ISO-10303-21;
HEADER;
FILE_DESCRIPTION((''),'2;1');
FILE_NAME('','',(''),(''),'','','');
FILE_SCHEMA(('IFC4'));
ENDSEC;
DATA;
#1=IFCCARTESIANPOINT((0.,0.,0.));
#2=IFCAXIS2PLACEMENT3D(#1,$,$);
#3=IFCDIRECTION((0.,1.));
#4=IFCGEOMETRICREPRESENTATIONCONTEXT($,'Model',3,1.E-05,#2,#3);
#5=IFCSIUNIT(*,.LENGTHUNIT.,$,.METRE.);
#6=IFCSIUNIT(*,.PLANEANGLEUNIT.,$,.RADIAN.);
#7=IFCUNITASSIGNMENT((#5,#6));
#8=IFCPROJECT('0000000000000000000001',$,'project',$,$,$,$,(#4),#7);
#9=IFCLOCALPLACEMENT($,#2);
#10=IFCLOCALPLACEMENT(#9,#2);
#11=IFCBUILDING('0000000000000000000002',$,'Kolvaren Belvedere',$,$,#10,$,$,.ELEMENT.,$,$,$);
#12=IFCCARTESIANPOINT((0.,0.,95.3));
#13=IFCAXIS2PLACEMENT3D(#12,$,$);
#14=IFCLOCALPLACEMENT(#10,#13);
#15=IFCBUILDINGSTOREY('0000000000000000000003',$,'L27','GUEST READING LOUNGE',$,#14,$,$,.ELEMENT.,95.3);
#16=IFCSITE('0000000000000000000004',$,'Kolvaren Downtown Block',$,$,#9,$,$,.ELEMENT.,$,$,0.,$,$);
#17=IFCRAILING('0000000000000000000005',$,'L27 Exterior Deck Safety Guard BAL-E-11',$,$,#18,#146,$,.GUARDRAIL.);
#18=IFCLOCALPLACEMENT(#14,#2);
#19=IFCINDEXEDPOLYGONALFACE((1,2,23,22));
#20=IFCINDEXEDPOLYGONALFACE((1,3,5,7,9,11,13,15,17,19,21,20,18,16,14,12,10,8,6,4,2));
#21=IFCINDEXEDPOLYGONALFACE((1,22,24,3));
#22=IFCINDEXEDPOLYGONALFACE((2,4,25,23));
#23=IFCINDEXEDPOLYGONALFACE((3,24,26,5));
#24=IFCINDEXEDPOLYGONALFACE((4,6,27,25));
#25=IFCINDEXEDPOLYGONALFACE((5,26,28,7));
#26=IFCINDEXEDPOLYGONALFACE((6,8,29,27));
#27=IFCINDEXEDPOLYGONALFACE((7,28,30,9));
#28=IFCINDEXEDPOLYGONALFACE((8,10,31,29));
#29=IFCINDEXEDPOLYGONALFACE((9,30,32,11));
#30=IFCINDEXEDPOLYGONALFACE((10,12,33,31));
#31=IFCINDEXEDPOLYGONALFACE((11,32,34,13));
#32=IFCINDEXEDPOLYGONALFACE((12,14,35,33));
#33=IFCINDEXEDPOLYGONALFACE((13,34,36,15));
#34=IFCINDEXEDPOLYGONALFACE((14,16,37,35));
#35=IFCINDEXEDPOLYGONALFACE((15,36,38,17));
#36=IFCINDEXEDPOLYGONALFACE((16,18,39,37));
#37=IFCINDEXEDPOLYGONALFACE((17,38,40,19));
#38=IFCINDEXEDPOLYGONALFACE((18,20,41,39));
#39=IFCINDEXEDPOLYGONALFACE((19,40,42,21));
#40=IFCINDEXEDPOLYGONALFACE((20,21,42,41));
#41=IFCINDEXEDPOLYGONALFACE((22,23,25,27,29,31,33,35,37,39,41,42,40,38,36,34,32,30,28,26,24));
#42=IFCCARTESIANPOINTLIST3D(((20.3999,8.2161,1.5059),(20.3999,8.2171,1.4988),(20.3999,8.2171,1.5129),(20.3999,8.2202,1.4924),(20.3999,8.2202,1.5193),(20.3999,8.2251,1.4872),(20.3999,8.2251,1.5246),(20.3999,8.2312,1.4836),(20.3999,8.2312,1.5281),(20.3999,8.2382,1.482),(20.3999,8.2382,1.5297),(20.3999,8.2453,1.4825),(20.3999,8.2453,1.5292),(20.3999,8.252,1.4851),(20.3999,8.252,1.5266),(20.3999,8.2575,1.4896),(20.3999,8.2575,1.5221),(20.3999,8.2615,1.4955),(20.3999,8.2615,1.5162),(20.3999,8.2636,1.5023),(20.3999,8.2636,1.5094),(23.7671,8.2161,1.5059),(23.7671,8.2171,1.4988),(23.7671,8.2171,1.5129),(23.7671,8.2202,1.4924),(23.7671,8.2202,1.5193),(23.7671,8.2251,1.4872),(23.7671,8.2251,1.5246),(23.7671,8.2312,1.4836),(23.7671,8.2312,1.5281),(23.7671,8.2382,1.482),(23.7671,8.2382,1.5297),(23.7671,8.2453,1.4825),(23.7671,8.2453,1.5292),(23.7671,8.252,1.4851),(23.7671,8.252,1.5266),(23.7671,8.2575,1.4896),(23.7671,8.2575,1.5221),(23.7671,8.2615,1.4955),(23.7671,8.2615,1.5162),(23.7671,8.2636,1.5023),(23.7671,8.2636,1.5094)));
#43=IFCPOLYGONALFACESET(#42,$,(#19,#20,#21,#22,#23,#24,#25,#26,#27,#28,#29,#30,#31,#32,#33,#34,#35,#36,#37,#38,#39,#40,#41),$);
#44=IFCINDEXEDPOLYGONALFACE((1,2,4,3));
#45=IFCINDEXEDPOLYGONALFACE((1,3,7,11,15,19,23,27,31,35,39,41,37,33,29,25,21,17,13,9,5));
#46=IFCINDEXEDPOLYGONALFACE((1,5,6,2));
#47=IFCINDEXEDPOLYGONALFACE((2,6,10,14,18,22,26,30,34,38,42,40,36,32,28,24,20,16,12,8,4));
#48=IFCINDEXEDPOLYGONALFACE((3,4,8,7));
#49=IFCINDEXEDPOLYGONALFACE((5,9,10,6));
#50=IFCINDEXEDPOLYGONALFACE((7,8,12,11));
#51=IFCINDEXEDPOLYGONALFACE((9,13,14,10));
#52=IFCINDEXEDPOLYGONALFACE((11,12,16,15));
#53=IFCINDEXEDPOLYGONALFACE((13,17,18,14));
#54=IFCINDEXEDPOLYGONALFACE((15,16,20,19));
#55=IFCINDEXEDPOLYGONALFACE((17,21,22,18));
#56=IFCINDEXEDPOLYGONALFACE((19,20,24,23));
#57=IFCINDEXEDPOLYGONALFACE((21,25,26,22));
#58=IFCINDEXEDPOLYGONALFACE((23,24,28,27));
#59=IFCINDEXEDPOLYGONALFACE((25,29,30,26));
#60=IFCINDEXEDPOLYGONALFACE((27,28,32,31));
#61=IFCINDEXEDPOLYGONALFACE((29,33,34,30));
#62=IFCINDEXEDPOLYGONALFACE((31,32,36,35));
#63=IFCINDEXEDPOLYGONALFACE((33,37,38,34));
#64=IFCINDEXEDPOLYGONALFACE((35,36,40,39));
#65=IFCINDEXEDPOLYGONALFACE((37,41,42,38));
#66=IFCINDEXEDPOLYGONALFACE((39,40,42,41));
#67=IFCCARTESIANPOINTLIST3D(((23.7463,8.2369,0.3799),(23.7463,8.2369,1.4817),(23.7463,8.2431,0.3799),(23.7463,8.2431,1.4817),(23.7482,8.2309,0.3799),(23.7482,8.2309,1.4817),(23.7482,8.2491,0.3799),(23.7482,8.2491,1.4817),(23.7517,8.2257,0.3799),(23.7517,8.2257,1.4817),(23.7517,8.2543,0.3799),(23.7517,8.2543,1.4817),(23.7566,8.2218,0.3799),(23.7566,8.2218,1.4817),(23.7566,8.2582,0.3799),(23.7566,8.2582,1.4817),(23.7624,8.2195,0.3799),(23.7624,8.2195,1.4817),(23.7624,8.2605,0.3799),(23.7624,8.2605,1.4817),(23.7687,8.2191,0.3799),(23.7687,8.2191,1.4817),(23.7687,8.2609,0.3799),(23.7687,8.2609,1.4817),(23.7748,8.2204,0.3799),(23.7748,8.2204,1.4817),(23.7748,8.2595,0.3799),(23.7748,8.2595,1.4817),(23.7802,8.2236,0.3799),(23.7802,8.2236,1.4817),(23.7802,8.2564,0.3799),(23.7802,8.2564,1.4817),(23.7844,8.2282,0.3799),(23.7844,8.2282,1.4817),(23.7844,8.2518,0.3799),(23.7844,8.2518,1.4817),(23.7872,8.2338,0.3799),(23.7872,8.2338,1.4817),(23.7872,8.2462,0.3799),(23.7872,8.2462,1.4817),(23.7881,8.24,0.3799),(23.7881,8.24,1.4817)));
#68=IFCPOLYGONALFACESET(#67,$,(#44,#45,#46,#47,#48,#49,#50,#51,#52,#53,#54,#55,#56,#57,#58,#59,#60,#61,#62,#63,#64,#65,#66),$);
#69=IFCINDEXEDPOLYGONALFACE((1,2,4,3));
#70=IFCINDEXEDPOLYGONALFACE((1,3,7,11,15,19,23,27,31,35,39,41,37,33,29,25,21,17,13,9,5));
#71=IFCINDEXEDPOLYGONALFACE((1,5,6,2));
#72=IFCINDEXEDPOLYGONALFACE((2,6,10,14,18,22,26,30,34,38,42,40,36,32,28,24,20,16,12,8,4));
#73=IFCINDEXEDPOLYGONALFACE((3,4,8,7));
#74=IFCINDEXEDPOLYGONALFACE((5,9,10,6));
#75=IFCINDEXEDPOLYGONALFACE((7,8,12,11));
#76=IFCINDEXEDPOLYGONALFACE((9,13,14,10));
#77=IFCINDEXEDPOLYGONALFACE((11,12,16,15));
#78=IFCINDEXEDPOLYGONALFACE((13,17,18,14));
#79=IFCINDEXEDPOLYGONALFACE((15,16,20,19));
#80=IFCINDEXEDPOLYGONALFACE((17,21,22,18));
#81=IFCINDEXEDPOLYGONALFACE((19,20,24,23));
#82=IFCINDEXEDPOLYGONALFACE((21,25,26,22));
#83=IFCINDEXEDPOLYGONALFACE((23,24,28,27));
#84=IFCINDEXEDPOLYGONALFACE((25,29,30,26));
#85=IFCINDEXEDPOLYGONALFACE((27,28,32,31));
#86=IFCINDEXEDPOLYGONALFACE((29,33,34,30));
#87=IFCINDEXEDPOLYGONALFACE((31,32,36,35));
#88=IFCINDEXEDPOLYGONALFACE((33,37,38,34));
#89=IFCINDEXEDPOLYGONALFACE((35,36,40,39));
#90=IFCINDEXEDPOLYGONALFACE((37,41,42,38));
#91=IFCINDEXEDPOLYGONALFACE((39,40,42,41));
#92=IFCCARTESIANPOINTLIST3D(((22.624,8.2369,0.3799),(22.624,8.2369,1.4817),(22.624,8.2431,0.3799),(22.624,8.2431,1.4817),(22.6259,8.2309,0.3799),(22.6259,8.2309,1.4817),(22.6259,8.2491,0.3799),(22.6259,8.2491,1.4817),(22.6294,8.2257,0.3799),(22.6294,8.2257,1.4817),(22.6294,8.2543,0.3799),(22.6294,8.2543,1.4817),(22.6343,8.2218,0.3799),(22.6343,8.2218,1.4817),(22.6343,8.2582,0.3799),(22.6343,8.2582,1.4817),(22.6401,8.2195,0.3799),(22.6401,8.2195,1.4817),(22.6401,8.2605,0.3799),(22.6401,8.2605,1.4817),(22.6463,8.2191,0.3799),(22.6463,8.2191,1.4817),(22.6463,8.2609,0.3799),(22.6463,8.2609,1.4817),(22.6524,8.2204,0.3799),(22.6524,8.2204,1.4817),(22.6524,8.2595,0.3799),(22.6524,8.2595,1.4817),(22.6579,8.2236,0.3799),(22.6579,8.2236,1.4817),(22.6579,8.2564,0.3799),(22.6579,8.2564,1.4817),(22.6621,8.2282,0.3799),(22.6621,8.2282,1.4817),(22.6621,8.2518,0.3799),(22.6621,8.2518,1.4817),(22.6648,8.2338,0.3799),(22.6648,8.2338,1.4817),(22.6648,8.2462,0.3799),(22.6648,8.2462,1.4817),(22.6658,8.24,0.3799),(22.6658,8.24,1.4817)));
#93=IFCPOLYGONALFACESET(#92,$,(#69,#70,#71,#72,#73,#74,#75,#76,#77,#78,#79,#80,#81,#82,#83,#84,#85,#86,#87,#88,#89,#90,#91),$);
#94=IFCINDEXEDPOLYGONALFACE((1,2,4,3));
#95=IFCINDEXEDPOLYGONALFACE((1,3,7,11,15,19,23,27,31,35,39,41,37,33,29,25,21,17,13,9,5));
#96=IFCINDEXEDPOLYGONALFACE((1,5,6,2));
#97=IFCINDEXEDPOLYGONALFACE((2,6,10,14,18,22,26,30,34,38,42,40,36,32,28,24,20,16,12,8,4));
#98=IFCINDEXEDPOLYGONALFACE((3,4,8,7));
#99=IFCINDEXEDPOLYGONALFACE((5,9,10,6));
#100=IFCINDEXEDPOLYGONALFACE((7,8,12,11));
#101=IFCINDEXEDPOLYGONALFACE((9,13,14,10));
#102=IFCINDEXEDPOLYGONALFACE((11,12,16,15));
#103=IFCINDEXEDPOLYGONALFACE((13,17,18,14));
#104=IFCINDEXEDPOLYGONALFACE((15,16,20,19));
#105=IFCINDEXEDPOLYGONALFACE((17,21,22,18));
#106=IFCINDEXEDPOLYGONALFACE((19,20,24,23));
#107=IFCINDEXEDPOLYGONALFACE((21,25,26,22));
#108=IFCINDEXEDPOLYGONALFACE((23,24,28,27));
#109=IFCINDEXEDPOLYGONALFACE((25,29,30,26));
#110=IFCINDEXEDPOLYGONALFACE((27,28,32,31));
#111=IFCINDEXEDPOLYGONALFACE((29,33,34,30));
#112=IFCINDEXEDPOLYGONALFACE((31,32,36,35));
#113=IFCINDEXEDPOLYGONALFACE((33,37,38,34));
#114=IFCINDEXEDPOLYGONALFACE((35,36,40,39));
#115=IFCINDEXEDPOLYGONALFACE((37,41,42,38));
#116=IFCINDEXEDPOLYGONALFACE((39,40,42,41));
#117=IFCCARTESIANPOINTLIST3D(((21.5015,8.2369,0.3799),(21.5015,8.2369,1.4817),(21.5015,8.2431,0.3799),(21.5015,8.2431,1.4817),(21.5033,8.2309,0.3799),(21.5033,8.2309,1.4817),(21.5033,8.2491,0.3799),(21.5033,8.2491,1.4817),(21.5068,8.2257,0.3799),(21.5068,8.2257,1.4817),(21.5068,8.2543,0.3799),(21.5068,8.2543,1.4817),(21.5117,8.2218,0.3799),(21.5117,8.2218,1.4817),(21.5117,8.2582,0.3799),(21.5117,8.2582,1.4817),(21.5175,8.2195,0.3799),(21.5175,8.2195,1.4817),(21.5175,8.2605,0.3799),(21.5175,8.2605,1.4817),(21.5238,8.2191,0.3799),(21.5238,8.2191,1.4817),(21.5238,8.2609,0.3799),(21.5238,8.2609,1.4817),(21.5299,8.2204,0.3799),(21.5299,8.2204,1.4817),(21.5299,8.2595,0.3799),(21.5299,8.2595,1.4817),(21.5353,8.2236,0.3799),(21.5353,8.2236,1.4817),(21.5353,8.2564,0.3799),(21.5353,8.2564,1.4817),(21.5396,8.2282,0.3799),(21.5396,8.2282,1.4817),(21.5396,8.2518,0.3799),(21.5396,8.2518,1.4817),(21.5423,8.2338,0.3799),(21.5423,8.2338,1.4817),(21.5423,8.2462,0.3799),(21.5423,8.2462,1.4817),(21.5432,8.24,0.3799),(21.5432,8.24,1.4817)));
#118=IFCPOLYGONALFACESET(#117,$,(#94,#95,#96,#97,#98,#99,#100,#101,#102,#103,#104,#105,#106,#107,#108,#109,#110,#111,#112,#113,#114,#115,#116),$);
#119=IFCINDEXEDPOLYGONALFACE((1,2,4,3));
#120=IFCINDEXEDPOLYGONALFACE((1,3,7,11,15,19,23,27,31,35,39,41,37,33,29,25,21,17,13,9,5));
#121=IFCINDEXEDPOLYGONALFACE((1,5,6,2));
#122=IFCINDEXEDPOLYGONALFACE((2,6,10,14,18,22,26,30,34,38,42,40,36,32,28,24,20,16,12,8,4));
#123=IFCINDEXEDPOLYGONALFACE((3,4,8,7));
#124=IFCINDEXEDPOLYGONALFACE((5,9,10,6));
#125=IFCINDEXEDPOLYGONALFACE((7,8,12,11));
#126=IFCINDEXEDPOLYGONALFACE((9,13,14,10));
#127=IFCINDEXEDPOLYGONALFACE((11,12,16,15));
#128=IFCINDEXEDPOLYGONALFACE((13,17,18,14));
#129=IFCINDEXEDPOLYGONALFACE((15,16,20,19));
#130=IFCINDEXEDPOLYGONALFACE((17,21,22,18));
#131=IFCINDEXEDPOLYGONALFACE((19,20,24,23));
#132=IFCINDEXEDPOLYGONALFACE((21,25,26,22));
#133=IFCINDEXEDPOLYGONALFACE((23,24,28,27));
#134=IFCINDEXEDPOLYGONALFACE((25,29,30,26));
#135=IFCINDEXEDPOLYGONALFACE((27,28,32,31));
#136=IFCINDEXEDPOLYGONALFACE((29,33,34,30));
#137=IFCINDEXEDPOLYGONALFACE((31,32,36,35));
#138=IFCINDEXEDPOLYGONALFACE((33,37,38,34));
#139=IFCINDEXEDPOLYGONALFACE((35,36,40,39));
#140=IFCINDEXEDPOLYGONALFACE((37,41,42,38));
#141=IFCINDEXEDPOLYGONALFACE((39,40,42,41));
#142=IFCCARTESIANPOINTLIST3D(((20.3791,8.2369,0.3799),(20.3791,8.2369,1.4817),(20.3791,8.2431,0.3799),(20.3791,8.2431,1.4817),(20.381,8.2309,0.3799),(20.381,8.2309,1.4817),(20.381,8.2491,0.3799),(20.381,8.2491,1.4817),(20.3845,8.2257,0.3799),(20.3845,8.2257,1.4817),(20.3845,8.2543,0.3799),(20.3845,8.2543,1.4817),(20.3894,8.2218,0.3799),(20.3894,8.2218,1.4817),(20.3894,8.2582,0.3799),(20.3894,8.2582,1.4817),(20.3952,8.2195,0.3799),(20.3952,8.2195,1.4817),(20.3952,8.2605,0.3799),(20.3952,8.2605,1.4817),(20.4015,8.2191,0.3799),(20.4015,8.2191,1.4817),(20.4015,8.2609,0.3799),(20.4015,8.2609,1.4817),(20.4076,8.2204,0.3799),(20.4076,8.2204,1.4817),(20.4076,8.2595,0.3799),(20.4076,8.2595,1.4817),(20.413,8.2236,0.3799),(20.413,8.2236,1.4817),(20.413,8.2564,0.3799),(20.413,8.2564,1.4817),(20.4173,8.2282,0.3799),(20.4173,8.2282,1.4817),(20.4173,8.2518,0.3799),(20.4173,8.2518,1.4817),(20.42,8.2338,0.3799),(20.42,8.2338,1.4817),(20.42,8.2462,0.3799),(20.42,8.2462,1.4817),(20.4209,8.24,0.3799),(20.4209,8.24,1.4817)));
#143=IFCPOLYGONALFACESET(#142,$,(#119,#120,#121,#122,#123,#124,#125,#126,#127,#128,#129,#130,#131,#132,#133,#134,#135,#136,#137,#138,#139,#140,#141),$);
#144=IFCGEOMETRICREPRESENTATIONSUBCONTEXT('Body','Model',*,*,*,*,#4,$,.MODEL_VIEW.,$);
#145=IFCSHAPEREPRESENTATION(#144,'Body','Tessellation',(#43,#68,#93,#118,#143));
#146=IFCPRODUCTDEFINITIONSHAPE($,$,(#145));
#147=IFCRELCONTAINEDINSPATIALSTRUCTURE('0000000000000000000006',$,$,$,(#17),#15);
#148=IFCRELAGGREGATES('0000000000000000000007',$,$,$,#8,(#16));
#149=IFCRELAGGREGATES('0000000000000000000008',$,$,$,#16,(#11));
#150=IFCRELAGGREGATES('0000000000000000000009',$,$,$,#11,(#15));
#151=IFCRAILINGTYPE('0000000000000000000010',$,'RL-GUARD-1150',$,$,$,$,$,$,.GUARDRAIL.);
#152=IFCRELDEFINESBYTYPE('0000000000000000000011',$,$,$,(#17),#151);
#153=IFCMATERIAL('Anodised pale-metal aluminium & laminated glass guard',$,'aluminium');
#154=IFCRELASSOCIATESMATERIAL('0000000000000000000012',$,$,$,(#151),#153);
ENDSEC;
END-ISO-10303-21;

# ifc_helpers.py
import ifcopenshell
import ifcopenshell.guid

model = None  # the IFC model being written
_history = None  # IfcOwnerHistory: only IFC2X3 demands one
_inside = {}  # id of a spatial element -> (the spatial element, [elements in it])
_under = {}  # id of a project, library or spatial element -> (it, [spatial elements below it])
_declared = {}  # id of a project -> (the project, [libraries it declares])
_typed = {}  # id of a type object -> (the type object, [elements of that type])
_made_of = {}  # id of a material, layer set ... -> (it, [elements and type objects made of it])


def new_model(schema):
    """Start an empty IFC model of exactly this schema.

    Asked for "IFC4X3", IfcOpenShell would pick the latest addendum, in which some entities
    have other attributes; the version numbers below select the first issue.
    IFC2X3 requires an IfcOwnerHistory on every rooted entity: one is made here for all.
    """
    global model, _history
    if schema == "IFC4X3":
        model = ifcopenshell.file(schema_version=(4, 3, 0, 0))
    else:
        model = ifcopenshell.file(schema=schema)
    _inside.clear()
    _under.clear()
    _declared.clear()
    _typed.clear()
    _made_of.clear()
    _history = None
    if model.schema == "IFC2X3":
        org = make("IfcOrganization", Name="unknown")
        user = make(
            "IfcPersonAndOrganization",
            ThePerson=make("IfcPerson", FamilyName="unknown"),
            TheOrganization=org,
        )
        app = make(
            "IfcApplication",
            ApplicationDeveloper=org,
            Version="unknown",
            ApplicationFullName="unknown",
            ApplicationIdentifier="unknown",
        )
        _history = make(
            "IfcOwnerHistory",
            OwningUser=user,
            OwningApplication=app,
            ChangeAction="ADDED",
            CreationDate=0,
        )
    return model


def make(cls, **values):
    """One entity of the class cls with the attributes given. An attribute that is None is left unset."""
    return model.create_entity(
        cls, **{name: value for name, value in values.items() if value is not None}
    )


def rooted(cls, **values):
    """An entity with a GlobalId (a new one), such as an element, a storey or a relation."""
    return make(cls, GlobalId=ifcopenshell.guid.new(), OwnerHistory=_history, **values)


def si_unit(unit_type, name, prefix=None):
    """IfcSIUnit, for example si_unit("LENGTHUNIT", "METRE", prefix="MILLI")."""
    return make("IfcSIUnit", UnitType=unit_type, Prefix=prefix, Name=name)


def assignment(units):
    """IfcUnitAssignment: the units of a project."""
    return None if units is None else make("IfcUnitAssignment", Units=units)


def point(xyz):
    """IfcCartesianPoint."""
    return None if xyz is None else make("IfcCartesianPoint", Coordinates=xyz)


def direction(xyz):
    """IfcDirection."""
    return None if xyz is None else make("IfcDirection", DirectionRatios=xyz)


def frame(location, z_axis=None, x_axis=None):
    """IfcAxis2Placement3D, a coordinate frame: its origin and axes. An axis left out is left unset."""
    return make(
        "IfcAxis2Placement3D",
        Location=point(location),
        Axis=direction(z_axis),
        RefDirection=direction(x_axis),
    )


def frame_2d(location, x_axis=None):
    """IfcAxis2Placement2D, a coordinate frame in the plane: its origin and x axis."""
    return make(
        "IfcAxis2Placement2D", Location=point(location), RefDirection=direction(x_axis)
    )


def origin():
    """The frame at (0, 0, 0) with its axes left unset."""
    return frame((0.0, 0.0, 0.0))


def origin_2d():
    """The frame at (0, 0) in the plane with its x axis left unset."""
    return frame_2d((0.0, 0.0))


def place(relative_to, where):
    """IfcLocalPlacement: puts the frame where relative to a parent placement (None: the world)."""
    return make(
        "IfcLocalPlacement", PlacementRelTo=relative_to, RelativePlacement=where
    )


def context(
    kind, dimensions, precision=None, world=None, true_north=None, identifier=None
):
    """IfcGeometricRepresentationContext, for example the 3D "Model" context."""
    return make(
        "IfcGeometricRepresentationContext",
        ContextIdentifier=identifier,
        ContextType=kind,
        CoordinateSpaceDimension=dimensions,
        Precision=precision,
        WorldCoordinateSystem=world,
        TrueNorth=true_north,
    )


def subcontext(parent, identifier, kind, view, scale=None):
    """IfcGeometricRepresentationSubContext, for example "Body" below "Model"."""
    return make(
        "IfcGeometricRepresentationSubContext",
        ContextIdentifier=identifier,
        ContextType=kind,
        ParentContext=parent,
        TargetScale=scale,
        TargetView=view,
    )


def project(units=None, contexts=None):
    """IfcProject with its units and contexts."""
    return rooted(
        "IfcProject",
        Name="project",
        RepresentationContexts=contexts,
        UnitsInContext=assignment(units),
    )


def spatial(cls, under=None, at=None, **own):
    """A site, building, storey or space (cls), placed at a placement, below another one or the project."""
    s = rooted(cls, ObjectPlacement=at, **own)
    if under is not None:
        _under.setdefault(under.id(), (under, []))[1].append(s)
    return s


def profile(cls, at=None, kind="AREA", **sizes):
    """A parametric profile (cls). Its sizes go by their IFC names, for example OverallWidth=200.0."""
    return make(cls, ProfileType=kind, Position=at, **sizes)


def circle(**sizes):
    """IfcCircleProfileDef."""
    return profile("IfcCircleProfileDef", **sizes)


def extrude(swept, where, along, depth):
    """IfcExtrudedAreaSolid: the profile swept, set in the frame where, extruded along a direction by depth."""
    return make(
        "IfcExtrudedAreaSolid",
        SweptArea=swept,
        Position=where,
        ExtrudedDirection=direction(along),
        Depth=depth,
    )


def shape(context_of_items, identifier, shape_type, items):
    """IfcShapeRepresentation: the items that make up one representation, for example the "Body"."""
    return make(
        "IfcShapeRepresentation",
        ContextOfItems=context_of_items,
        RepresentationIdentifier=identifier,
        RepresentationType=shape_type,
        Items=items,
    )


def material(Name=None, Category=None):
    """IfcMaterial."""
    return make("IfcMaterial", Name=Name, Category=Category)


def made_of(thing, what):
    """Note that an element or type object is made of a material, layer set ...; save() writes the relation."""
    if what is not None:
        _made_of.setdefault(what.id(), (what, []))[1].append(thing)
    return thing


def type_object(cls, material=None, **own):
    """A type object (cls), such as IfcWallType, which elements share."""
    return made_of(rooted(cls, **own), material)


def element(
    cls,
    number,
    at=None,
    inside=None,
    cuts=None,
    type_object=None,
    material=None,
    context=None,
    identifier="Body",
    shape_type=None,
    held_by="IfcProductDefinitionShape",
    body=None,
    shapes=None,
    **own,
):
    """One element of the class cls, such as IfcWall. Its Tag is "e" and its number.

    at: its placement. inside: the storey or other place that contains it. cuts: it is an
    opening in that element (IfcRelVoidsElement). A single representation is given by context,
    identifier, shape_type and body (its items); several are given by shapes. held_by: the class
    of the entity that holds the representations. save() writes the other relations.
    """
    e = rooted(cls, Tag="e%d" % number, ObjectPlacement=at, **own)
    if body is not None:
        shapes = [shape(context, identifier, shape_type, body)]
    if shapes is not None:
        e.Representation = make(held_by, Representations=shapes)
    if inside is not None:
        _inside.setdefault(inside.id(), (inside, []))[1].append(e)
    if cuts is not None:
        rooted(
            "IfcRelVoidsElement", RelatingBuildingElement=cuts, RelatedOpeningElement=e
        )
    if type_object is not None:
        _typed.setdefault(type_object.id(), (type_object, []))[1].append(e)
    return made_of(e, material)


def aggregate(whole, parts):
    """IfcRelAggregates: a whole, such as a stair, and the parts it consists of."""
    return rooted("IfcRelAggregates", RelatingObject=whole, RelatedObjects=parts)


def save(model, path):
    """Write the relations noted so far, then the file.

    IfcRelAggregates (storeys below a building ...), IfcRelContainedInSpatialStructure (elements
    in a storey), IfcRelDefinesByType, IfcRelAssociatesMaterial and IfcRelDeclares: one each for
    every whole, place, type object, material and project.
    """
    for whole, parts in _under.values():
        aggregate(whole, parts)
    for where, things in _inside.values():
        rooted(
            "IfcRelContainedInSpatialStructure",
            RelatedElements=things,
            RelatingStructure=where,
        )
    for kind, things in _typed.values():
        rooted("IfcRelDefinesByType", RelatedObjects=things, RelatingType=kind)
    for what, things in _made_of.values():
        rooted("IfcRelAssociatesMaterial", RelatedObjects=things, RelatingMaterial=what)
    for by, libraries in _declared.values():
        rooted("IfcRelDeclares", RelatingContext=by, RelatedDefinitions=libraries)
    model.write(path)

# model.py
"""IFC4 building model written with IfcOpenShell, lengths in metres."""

from ifc_helpers import new_model, si_unit, direction, frame, origin, origin_2d, place, context, subcontext, project, spatial, circle, extrude, material, type_object, element, save


model = new_model("IFC4")

# Units and contexts
model_context = context("Model", 3, precision=1e-05, world=origin(), true_north=direction((0.0, 1.0)))
body_context = subcontext(model_context, "Body", "Model", "MODEL_VIEW")
ifc_project = project(units=[si_unit("LENGTHUNIT", "METRE"), si_unit("PLANEANGLEUNIT", "RADIAN")], contexts=[model_context])

# Site, building, storey
site_placement = place(None, origin())
site = spatial("IfcSite", under=ifc_project, at=site_placement, Name="Kolvaren Downtown Block", CompositionType="ELEMENT", RefElevation=0.0)
building_placement = place(site_placement, origin())
building = spatial("IfcBuilding", under=site, at=building_placement, Name="Kolvaren Belvedere", CompositionType="ELEMENT")
storey_placement = place(building_placement, frame((0.0, 0.0, 95.3)))
storey = spatial("IfcBuildingStorey", under=building, at=storey_placement, Name="L27", Description="GUEST READING LOUNGE", CompositionType="ELEMENT", Elevation=95.3)

# Railing
ifc_material_1 = material(Name="Anodised pale-metal aluminium & laminated glass guard", Category="aluminium")
railing_type = type_object("IfcRailingType", Name="RL-GUARD-1150", PredefinedType="GUARDRAIL", material=ifc_material_1)
railing_1_placement = place(storey_placement, frame((23.7671, 8.24, 0.3799)))
element("IfcRailing", 1, at=railing_1_placement, inside=storey, type_object=railing_type, Name="L27 Exterior Deck Safety Guard BAL-E-11", PredefinedType="GUARDRAIL", context=body_context, shape_type="SweptSolid", body=[
    extrude(circle(Radius=0.0239, at=origin_2d()), frame((0.0, 0.0, 1.126), z_axis=(-1.0, 0.0, 0.0), x_axis=(0.0, -1.0, 0.0)), (0.0, 0.0, 1.0), 3.3672),
    extrude(circle(Radius=0.021, at=origin_2d()), origin(), (0.0, 0.0, 1.0), 1.1018),
    extrude(circle(Radius=0.021, at=origin_2d()), frame((-1.1223, 0.0, 0.0)), (0.0, 0.0, 1.0), 1.1018),
    extrude(circle(Radius=0.021, at=origin_2d()), frame((-2.2449, 0.0, 0.0)), (0.0, 0.0, 1.0), 1.1018),
    extrude(circle(Radius=0.021, at=origin_2d()), frame((-3.3672, 0.0, 0.0)), (0.0, 0.0, 1.0), 1.1018),
])

save(model, "model.ifc")
